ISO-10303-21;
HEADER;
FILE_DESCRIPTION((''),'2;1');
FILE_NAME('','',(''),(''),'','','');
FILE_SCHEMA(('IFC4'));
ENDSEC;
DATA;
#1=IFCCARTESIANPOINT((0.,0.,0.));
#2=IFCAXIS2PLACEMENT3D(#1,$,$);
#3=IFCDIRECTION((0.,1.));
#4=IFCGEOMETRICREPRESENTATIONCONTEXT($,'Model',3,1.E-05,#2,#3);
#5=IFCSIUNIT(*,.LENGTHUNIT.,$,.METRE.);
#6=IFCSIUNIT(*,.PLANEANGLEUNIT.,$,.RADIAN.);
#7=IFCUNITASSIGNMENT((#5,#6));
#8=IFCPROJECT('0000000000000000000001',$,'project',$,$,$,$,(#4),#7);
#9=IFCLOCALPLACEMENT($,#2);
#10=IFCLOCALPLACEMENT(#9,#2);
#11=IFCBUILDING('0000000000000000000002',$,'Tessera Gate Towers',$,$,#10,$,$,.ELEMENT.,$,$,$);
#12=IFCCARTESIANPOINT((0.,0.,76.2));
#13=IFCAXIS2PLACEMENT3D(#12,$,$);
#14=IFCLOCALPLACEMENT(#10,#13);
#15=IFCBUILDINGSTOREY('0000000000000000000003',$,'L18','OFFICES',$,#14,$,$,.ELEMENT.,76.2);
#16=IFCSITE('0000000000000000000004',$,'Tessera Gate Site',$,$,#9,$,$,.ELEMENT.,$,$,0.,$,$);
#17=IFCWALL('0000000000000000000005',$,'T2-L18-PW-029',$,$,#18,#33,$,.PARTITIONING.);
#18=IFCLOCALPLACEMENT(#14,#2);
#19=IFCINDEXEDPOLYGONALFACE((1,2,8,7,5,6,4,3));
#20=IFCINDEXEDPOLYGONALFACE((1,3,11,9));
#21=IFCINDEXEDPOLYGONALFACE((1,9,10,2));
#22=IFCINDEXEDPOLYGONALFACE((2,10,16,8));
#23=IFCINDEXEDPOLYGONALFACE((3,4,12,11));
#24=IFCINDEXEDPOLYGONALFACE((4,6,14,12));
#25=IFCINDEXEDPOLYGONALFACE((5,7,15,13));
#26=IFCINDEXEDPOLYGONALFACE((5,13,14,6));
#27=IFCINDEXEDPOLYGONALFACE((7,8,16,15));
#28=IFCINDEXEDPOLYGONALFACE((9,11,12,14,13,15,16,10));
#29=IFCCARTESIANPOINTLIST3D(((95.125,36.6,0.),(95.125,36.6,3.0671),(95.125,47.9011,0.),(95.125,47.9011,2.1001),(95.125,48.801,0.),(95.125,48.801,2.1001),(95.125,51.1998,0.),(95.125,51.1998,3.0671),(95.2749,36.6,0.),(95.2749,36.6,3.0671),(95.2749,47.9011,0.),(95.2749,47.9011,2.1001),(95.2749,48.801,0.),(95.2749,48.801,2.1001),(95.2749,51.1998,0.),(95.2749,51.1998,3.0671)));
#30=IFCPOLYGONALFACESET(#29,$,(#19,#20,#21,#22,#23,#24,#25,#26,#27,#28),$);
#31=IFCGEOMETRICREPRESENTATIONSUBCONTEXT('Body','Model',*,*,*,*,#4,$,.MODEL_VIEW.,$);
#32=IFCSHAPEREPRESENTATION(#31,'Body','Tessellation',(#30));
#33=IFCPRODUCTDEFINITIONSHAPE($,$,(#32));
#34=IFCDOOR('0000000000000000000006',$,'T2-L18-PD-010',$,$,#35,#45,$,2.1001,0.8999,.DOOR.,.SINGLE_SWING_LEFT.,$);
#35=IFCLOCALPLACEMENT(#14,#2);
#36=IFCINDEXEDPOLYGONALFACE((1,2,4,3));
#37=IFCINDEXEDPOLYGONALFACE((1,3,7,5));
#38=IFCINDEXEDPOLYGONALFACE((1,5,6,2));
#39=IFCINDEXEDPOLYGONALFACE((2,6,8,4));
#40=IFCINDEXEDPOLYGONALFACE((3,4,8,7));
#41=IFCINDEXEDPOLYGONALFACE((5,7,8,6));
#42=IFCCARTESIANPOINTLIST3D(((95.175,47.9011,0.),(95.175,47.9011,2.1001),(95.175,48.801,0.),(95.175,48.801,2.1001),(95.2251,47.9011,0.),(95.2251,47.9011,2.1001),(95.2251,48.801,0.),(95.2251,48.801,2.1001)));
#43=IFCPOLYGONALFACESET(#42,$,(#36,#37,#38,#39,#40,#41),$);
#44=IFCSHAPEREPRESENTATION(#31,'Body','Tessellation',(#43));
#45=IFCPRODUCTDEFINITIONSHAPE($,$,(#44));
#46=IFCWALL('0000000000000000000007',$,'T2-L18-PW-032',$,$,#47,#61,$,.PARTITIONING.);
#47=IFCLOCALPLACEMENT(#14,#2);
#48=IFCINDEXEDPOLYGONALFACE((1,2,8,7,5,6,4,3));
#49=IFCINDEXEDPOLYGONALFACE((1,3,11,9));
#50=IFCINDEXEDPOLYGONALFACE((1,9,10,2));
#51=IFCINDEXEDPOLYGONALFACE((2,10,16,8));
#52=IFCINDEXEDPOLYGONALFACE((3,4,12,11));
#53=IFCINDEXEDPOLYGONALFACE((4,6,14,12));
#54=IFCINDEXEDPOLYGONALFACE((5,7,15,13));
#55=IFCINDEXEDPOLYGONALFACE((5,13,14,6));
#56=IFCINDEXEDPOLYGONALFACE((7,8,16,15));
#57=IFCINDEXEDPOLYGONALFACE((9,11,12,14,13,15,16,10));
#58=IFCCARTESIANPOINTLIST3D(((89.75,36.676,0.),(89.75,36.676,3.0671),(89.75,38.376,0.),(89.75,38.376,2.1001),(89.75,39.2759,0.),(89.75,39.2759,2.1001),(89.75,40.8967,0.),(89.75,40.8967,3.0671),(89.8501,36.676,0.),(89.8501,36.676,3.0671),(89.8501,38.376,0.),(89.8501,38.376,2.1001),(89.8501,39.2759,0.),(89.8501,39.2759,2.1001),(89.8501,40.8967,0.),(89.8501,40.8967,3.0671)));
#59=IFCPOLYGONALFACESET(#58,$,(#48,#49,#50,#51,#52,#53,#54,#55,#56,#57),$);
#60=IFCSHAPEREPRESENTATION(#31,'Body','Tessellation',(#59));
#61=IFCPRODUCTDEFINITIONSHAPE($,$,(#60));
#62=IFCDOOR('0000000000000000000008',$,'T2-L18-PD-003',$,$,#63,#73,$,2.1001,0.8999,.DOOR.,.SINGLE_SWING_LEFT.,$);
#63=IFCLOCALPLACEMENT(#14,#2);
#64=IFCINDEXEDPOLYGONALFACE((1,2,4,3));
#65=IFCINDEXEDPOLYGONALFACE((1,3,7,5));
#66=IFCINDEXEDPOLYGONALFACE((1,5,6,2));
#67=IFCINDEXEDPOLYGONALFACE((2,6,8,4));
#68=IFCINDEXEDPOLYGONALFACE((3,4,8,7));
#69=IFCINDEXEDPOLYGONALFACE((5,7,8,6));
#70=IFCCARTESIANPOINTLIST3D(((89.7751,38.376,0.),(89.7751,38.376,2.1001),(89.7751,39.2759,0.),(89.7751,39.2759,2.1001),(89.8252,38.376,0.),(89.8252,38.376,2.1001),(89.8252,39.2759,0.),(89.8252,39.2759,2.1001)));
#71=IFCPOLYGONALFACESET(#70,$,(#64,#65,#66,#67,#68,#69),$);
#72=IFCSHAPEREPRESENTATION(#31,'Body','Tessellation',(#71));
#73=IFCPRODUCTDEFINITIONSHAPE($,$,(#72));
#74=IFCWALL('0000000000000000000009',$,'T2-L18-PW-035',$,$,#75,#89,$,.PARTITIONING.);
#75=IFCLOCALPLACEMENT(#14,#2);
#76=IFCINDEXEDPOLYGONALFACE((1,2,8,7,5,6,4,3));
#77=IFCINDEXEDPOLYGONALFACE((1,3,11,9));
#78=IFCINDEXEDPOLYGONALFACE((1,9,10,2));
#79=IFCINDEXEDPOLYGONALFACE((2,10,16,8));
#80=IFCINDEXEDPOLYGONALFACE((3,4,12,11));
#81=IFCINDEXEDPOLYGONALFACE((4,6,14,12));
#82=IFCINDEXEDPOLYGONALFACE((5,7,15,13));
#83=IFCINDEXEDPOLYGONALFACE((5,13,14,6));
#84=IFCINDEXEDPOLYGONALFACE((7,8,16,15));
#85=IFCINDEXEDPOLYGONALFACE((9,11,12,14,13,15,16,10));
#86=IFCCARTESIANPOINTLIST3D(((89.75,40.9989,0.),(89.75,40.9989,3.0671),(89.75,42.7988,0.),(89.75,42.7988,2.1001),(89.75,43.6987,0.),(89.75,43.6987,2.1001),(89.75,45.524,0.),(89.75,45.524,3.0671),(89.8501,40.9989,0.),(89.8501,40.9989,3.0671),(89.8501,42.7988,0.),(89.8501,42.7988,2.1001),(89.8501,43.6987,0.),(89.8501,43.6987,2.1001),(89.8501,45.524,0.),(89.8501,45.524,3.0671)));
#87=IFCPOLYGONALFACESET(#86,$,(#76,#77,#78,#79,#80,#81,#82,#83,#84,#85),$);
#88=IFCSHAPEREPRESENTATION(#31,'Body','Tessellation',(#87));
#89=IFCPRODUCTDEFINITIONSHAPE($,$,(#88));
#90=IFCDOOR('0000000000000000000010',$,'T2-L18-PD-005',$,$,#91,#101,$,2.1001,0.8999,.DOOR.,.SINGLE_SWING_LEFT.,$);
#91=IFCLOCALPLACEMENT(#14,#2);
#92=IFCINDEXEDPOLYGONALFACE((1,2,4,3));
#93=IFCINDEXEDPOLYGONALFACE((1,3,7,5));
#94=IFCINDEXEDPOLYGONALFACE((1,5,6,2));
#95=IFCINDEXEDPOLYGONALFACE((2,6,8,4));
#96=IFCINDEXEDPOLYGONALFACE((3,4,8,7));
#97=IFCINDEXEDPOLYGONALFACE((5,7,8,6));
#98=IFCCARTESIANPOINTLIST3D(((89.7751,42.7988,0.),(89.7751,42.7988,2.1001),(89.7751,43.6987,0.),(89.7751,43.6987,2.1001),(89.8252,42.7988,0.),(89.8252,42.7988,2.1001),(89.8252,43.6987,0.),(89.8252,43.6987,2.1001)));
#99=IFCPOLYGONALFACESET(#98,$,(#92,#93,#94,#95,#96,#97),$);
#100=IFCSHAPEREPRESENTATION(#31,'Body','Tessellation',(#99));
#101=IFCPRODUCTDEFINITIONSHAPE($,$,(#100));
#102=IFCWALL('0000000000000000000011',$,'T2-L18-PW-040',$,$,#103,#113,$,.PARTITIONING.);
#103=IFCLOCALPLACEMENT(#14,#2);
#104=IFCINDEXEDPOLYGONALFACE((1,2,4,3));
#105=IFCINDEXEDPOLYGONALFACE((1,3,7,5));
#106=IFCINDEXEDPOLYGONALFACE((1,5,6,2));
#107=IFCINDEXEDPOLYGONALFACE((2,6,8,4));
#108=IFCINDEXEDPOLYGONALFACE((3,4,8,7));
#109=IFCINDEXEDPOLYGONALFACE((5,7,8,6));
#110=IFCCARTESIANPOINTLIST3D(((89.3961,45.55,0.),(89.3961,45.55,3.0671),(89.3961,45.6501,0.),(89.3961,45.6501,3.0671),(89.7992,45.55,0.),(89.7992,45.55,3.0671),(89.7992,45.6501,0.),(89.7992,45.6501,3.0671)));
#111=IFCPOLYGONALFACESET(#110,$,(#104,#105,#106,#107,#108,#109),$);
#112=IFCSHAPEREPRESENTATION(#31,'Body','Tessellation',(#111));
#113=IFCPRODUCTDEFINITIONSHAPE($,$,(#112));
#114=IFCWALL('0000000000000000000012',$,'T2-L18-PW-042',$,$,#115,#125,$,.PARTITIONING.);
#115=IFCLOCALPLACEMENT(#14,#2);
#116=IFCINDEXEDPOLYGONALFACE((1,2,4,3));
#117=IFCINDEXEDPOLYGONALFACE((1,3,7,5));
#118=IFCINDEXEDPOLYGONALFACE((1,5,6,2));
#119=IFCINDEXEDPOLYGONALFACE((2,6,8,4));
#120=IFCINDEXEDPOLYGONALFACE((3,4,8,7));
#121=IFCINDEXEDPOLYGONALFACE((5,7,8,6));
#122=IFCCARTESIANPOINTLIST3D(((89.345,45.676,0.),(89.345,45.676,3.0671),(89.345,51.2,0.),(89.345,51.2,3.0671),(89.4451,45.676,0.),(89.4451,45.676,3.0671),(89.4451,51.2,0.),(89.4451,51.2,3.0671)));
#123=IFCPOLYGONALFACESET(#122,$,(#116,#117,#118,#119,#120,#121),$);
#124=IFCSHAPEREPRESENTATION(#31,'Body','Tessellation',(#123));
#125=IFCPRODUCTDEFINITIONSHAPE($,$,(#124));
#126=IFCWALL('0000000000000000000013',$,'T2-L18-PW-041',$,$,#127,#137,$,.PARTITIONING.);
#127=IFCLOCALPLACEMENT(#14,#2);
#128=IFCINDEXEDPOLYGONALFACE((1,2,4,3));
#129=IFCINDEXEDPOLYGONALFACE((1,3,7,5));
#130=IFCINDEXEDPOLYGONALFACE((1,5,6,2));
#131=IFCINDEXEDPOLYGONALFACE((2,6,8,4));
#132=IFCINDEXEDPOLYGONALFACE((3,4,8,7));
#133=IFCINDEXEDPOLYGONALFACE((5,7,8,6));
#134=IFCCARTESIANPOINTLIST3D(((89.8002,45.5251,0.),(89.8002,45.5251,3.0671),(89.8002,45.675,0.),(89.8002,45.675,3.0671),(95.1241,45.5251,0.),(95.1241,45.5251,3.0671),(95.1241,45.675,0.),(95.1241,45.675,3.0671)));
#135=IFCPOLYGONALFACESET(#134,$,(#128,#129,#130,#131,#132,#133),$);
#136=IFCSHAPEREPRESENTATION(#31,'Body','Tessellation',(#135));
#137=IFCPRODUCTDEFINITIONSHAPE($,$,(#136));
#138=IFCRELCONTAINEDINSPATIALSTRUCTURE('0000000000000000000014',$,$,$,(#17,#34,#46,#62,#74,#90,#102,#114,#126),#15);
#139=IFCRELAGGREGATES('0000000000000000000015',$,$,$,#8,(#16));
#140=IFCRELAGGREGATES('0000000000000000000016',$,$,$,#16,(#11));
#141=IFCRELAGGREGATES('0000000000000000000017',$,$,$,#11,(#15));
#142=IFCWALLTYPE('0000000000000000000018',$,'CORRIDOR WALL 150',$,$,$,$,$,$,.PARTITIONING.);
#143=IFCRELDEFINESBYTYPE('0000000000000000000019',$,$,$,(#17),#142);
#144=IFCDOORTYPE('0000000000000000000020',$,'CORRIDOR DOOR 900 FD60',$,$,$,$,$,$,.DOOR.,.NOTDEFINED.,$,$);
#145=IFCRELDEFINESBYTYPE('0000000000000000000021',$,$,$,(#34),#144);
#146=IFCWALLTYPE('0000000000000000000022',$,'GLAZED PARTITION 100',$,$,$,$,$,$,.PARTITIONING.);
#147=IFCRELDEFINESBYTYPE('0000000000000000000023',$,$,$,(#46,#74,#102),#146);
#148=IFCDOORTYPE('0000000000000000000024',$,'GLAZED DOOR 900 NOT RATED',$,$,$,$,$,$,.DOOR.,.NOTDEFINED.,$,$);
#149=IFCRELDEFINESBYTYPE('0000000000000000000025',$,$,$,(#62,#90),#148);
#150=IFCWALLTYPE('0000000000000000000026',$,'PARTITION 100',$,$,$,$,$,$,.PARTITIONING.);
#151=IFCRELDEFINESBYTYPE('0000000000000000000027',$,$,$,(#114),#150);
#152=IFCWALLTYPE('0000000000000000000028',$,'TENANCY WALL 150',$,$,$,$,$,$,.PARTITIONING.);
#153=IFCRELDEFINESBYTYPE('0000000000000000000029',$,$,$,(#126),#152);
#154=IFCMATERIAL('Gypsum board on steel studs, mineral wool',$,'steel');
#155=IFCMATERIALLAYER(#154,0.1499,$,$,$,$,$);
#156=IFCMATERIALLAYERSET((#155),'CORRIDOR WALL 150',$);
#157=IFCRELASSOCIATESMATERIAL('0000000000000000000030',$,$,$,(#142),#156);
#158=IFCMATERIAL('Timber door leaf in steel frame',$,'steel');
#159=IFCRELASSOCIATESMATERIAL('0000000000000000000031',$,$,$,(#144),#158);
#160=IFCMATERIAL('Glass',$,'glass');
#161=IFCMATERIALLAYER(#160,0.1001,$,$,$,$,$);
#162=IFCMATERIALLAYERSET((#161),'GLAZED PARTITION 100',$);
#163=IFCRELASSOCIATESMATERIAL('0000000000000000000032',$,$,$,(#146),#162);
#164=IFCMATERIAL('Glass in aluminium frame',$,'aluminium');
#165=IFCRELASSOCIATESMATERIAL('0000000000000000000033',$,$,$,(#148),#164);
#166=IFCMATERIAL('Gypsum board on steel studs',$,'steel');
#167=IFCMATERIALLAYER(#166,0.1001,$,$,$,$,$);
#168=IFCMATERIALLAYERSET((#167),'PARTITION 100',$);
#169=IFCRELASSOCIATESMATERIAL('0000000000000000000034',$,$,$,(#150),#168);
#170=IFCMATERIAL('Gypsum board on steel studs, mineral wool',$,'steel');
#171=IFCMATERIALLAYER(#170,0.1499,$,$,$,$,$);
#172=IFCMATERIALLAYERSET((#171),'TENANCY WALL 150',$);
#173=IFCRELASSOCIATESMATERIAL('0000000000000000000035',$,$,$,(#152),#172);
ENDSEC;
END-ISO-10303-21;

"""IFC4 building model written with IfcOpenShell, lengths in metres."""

from ifc_helpers import new_model, si_unit, direction, frame, frame_2d, origin, place, context, subcontext, project, spatial, rectangle, extrude, source, transform, mapped, material, layer, layer_set, type_object, element, fill, save


model = new_model("IFC4")

# Units and contexts
model_context = context("Model", 3, precision=1e-05, world=origin(), true_north=direction((0.0, 1.0)))
body_context = subcontext(model_context, "Body", "Model", "MODEL_VIEW")
ifc_project = project(units=[si_unit("LENGTHUNIT", "METRE"), si_unit("PLANEANGLEUNIT", "RADIAN")], contexts=[model_context])

# Site, building, storey
site_placement = place(None, origin())
site = spatial("IfcSite", under=ifc_project, at=site_placement, Name="Tessera Gate Site", CompositionType="ELEMENT", RefElevation=0.0)
building_placement = place(site_placement, origin())
building = spatial("IfcBuilding", under=site, at=building_placement, Name="Tessera Gate Towers", CompositionType="ELEMENT")
storey_placement = place(building_placement, frame((0.0, 0.0, 76.2)))
storey = spatial("IfcBuildingStorey", under=building, at=storey_placement, Name="L18", Description="OFFICES", CompositionType="ELEMENT", Elevation=76.2)

# Walls, openings, doors
ifc_material_1 = material(Name="Gypsum board on steel studs, mineral wool", Category="steel")
ifc_layer_1 = layer(ifc_material_1, 0.1499)
ifc_layer_set_1 = layer_set([ifc_layer_1], Name="CORRIDOR WALL 150")
wall_type_1 = type_object("IfcWallType", Name="CORRIDOR WALL 150", PredefinedType="PARTITIONING", material=ifc_layer_set_1)
wall_1_placement = place(storey_placement, frame((95.2, 36.6001, 0.0), z_axis=(0.0, 0.0, 1.0), x_axis=(0.0, 1.0, 0.0)))
wall_1 = element("IfcWall", 1, at=wall_1_placement, inside=storey, type_object=wall_type_1, Name="T2-L18-PW-029", PredefinedType="PARTITIONING", context=body_context, shape_type="SweptSolid", body=[
    extrude(rectangle(XDim=14.5999, YDim=0.1499, at=frame_2d((7.2998, 0.0))), origin(), (0.0, 0.0, 1.0), 3.0671),
])
shared_shape_1 = source(origin(), body_context, "Body", "SweptSolid", [
    extrude(rectangle(XDim=0.8999, YDim=2.1001, at=frame_2d((0.45, 1.05))), frame((0.0, 0.085, 0.0), z_axis=(0.0, -1.0, 0.0), x_axis=(1.0, 0.0, 0.0)), (0.0, 0.0, 1.0), 0.1699),
])
opening_1_placement = place(wall_1_placement, frame((11.301, 0.0, 0.0)))
opening_1 = element("IfcOpeningElement", 2, at=opening_1_placement, cuts=wall_1, PredefinedType="OPENING", context=body_context, shape_type="MappedRepresentation", body=[
    mapped(shared_shape_1, transform((0.0, 0.0, 0.0), scale=1.0)),
])
ifc_material_2 = material(Name="Timber door leaf in steel frame", Category="steel")
door_type_1 = type_object("IfcDoorType", Name="CORRIDOR DOOR 900 FD60", OperationType="NOTDEFINED", PredefinedType="DOOR", material=ifc_material_2)
shared_shape_2 = source(origin(), body_context, "Body", "SweptSolid", [
    extrude(rectangle(XDim=0.8999, YDim=2.1001, at=frame_2d((0.45, 1.05))), frame((0.0, 0.0249, 0.0), z_axis=(0.0, -1.0, 0.0), x_axis=(1.0, 0.0, 0.0)), (0.0, 0.0, 1.0), 0.05),
])
door_1_placement = place(opening_1_placement, origin())
door_1 = element("IfcDoor", 3, at=door_1_placement, inside=storey, type_object=door_type_1, Name="T2-L18-PD-010", OperationType="SINGLE_SWING_LEFT", OverallHeight=2.1001, OverallWidth=0.8999, PredefinedType="DOOR", context=body_context, shape_type="MappedRepresentation", body=[
    mapped(shared_shape_2, transform((0.0, 0.0, 0.0), scale=1.0)),
])
fill(opening_1, door_1)
ifc_material_3 = material(Name="Glass", Category="glass")
ifc_layer_2 = layer(ifc_material_3, 0.1001)
ifc_layer_set_2 = layer_set([ifc_layer_2], Name="GLAZED PARTITION 100")
wall_type_2 = type_object("IfcWallType", Name="GLAZED PARTITION 100", PredefinedType="PARTITIONING", material=ifc_layer_set_2)
wall_2_placement = place(storey_placement, frame((89.8, 36.676, 0.0), z_axis=(0.0, 0.0, 1.0), x_axis=(0.0, 1.0, 0.0)))
wall_2 = element("IfcWall", 4, at=wall_2_placement, inside=storey, type_object=wall_type_2, Name="T2-L18-PW-032", PredefinedType="PARTITIONING", context=body_context, shape_type="SweptSolid", body=[
    extrude(rectangle(XDim=4.2207, YDim=0.1001, at=frame_2d((2.1104, 0.0))), origin(), (0.0, 0.0, 1.0), 3.0671),
])
shared_shape_3 = source(origin(), body_context, "Body", "SweptSolid", [
    extrude(rectangle(XDim=0.8999, YDim=2.1001, at=frame_2d((0.45, 1.05))), frame((0.0, 0.0601, 0.0), z_axis=(0.0, -1.0, 0.0), x_axis=(1.0, 0.0, 0.0)), (0.0, 0.0, 1.0), 0.1201),
])
opening_2_placement = place(wall_2_placement, frame((1.7, 0.0, 0.0)))
opening_2 = element("IfcOpeningElement", 5, at=opening_2_placement, cuts=wall_2, PredefinedType="OPENING", context=body_context, shape_type="MappedRepresentation", body=[
    mapped(shared_shape_3, transform((0.0, 0.0, 0.0), scale=1.0)),
])
ifc_material_4 = material(Name="Glass in aluminium frame", Category="aluminium")
door_type_2 = type_object("IfcDoorType", Name="GLAZED DOOR 900 NOT RATED", OperationType="NOTDEFINED", PredefinedType="DOOR", material=ifc_material_4)
door_2_placement = place(opening_2_placement, origin())
door_2 = element("IfcDoor", 6, at=door_2_placement, inside=storey, type_object=door_type_2, Name="T2-L18-PD-003", OperationType="SINGLE_SWING_LEFT", OverallHeight=2.1001, OverallWidth=0.8999, PredefinedType="DOOR", context=body_context, shape_type="MappedRepresentation", body=[
    mapped(shared_shape_2, transform((0.0, 0.0, 0.0), scale=1.0)),
])
fill(opening_2, door_2)
wall_3_placement = place(storey_placement, frame((89.8, 40.9988, 0.0), z_axis=(0.0, 0.0, 1.0), x_axis=(0.0, 1.0, 0.0)))
wall_3 = element("IfcWall", 7, at=wall_3_placement, inside=storey, type_object=wall_type_2, Name="T2-L18-PW-035", PredefinedType="PARTITIONING", context=body_context, shape_type="SweptSolid", body=[
    extrude(rectangle(XDim=4.5251, YDim=0.1001, at=frame_2d((2.2627, 0.0))), origin(), (0.0, 0.0, 1.0), 3.0671),
])
opening_3_placement = place(wall_3_placement, frame((1.8, 0.0, 0.0)))
opening_3 = element("IfcOpeningElement", 8, at=opening_3_placement, cuts=wall_3, PredefinedType="OPENING", context=body_context, shape_type="MappedRepresentation", body=[
    mapped(shared_shape_3, transform((0.0, 0.0, 0.0), scale=1.0)),
])
door_3_placement = place(opening_3_placement, origin())
door_3 = element("IfcDoor", 9, at=door_3_placement, inside=storey, type_object=door_type_2, Name="T2-L18-PD-005", OperationType="SINGLE_SWING_LEFT", OverallHeight=2.1001, OverallWidth=0.8999, PredefinedType="DOOR", context=body_context, shape_type="MappedRepresentation", body=[
    mapped(shared_shape_2, transform((0.0, 0.0, 0.0), scale=1.0)),
])
fill(opening_3, door_3)

# Walls
wall_4_placement = place(storey_placement, frame((89.396, 45.6001, 0.0), z_axis=(0.0, 0.0, 1.0), x_axis=(1.0, 0.0, 0.0)))
element("IfcWall", 10, at=wall_4_placement, inside=storey, type_object=wall_type_2, Name="T2-L18-PW-040", PredefinedType="PARTITIONING", context=body_context, shape_type="SweptSolid", body=[
    extrude(rectangle(XDim=0.4031, YDim=0.1001, at=frame_2d((0.2017, 0.0))), origin(), (0.0, 0.0, 1.0), 3.0671),
])
ifc_material_5 = material(Name="Gypsum board on steel studs", Category="steel")
ifc_layer_3 = layer(ifc_material_5, 0.1001)
ifc_layer_set_3 = layer_set([ifc_layer_3], Name="PARTITION 100")
wall_type_3 = type_object("IfcWallType", Name="PARTITION 100", PredefinedType="PARTITIONING", material=ifc_layer_set_3)
wall_5_placement = place(storey_placement, frame((89.395, 45.676, 0.0), z_axis=(0.0, 0.0, 1.0), x_axis=(0.0, 1.0, 0.0)))
element("IfcWall", 11, at=wall_5_placement, inside=storey, type_object=wall_type_3, Name="T2-L18-PW-042", PredefinedType="PARTITIONING", context=body_context, shape_type="SweptSolid", body=[
    extrude(rectangle(XDim=5.5239, YDim=0.1001, at=frame_2d((2.762, 0.0))), origin(), (0.0, 0.0, 1.0), 3.0671),
])
ifc_material_6 = material(Name="Gypsum board on steel studs, mineral wool", Category="steel")
ifc_layer_4 = layer(ifc_material_6, 0.1499)
ifc_layer_set_4 = layer_set([ifc_layer_4], Name="TENANCY WALL 150")
wall_type_4 = type_object("IfcWallType", Name="TENANCY WALL 150", PredefinedType="PARTITIONING", material=ifc_layer_set_4)
wall_6_placement = place(storey_placement, frame((89.8, 45.6001, 0.0), z_axis=(0.0, 0.0, 1.0), x_axis=(1.0, 0.0, 0.0)))
element("IfcWall", 12, at=wall_6_placement, inside=storey, type_object=wall_type_4, Name="T2-L18-PW-041", PredefinedType="PARTITIONING", context=body_context, shape_type="SweptSolid", body=[
    extrude(rectangle(XDim=5.324, YDim=0.1499, at=frame_2d((2.6621, 0.0))), origin(), (0.0, 0.0, 1.0), 3.0671),
])

save(model, "model.ifc")
